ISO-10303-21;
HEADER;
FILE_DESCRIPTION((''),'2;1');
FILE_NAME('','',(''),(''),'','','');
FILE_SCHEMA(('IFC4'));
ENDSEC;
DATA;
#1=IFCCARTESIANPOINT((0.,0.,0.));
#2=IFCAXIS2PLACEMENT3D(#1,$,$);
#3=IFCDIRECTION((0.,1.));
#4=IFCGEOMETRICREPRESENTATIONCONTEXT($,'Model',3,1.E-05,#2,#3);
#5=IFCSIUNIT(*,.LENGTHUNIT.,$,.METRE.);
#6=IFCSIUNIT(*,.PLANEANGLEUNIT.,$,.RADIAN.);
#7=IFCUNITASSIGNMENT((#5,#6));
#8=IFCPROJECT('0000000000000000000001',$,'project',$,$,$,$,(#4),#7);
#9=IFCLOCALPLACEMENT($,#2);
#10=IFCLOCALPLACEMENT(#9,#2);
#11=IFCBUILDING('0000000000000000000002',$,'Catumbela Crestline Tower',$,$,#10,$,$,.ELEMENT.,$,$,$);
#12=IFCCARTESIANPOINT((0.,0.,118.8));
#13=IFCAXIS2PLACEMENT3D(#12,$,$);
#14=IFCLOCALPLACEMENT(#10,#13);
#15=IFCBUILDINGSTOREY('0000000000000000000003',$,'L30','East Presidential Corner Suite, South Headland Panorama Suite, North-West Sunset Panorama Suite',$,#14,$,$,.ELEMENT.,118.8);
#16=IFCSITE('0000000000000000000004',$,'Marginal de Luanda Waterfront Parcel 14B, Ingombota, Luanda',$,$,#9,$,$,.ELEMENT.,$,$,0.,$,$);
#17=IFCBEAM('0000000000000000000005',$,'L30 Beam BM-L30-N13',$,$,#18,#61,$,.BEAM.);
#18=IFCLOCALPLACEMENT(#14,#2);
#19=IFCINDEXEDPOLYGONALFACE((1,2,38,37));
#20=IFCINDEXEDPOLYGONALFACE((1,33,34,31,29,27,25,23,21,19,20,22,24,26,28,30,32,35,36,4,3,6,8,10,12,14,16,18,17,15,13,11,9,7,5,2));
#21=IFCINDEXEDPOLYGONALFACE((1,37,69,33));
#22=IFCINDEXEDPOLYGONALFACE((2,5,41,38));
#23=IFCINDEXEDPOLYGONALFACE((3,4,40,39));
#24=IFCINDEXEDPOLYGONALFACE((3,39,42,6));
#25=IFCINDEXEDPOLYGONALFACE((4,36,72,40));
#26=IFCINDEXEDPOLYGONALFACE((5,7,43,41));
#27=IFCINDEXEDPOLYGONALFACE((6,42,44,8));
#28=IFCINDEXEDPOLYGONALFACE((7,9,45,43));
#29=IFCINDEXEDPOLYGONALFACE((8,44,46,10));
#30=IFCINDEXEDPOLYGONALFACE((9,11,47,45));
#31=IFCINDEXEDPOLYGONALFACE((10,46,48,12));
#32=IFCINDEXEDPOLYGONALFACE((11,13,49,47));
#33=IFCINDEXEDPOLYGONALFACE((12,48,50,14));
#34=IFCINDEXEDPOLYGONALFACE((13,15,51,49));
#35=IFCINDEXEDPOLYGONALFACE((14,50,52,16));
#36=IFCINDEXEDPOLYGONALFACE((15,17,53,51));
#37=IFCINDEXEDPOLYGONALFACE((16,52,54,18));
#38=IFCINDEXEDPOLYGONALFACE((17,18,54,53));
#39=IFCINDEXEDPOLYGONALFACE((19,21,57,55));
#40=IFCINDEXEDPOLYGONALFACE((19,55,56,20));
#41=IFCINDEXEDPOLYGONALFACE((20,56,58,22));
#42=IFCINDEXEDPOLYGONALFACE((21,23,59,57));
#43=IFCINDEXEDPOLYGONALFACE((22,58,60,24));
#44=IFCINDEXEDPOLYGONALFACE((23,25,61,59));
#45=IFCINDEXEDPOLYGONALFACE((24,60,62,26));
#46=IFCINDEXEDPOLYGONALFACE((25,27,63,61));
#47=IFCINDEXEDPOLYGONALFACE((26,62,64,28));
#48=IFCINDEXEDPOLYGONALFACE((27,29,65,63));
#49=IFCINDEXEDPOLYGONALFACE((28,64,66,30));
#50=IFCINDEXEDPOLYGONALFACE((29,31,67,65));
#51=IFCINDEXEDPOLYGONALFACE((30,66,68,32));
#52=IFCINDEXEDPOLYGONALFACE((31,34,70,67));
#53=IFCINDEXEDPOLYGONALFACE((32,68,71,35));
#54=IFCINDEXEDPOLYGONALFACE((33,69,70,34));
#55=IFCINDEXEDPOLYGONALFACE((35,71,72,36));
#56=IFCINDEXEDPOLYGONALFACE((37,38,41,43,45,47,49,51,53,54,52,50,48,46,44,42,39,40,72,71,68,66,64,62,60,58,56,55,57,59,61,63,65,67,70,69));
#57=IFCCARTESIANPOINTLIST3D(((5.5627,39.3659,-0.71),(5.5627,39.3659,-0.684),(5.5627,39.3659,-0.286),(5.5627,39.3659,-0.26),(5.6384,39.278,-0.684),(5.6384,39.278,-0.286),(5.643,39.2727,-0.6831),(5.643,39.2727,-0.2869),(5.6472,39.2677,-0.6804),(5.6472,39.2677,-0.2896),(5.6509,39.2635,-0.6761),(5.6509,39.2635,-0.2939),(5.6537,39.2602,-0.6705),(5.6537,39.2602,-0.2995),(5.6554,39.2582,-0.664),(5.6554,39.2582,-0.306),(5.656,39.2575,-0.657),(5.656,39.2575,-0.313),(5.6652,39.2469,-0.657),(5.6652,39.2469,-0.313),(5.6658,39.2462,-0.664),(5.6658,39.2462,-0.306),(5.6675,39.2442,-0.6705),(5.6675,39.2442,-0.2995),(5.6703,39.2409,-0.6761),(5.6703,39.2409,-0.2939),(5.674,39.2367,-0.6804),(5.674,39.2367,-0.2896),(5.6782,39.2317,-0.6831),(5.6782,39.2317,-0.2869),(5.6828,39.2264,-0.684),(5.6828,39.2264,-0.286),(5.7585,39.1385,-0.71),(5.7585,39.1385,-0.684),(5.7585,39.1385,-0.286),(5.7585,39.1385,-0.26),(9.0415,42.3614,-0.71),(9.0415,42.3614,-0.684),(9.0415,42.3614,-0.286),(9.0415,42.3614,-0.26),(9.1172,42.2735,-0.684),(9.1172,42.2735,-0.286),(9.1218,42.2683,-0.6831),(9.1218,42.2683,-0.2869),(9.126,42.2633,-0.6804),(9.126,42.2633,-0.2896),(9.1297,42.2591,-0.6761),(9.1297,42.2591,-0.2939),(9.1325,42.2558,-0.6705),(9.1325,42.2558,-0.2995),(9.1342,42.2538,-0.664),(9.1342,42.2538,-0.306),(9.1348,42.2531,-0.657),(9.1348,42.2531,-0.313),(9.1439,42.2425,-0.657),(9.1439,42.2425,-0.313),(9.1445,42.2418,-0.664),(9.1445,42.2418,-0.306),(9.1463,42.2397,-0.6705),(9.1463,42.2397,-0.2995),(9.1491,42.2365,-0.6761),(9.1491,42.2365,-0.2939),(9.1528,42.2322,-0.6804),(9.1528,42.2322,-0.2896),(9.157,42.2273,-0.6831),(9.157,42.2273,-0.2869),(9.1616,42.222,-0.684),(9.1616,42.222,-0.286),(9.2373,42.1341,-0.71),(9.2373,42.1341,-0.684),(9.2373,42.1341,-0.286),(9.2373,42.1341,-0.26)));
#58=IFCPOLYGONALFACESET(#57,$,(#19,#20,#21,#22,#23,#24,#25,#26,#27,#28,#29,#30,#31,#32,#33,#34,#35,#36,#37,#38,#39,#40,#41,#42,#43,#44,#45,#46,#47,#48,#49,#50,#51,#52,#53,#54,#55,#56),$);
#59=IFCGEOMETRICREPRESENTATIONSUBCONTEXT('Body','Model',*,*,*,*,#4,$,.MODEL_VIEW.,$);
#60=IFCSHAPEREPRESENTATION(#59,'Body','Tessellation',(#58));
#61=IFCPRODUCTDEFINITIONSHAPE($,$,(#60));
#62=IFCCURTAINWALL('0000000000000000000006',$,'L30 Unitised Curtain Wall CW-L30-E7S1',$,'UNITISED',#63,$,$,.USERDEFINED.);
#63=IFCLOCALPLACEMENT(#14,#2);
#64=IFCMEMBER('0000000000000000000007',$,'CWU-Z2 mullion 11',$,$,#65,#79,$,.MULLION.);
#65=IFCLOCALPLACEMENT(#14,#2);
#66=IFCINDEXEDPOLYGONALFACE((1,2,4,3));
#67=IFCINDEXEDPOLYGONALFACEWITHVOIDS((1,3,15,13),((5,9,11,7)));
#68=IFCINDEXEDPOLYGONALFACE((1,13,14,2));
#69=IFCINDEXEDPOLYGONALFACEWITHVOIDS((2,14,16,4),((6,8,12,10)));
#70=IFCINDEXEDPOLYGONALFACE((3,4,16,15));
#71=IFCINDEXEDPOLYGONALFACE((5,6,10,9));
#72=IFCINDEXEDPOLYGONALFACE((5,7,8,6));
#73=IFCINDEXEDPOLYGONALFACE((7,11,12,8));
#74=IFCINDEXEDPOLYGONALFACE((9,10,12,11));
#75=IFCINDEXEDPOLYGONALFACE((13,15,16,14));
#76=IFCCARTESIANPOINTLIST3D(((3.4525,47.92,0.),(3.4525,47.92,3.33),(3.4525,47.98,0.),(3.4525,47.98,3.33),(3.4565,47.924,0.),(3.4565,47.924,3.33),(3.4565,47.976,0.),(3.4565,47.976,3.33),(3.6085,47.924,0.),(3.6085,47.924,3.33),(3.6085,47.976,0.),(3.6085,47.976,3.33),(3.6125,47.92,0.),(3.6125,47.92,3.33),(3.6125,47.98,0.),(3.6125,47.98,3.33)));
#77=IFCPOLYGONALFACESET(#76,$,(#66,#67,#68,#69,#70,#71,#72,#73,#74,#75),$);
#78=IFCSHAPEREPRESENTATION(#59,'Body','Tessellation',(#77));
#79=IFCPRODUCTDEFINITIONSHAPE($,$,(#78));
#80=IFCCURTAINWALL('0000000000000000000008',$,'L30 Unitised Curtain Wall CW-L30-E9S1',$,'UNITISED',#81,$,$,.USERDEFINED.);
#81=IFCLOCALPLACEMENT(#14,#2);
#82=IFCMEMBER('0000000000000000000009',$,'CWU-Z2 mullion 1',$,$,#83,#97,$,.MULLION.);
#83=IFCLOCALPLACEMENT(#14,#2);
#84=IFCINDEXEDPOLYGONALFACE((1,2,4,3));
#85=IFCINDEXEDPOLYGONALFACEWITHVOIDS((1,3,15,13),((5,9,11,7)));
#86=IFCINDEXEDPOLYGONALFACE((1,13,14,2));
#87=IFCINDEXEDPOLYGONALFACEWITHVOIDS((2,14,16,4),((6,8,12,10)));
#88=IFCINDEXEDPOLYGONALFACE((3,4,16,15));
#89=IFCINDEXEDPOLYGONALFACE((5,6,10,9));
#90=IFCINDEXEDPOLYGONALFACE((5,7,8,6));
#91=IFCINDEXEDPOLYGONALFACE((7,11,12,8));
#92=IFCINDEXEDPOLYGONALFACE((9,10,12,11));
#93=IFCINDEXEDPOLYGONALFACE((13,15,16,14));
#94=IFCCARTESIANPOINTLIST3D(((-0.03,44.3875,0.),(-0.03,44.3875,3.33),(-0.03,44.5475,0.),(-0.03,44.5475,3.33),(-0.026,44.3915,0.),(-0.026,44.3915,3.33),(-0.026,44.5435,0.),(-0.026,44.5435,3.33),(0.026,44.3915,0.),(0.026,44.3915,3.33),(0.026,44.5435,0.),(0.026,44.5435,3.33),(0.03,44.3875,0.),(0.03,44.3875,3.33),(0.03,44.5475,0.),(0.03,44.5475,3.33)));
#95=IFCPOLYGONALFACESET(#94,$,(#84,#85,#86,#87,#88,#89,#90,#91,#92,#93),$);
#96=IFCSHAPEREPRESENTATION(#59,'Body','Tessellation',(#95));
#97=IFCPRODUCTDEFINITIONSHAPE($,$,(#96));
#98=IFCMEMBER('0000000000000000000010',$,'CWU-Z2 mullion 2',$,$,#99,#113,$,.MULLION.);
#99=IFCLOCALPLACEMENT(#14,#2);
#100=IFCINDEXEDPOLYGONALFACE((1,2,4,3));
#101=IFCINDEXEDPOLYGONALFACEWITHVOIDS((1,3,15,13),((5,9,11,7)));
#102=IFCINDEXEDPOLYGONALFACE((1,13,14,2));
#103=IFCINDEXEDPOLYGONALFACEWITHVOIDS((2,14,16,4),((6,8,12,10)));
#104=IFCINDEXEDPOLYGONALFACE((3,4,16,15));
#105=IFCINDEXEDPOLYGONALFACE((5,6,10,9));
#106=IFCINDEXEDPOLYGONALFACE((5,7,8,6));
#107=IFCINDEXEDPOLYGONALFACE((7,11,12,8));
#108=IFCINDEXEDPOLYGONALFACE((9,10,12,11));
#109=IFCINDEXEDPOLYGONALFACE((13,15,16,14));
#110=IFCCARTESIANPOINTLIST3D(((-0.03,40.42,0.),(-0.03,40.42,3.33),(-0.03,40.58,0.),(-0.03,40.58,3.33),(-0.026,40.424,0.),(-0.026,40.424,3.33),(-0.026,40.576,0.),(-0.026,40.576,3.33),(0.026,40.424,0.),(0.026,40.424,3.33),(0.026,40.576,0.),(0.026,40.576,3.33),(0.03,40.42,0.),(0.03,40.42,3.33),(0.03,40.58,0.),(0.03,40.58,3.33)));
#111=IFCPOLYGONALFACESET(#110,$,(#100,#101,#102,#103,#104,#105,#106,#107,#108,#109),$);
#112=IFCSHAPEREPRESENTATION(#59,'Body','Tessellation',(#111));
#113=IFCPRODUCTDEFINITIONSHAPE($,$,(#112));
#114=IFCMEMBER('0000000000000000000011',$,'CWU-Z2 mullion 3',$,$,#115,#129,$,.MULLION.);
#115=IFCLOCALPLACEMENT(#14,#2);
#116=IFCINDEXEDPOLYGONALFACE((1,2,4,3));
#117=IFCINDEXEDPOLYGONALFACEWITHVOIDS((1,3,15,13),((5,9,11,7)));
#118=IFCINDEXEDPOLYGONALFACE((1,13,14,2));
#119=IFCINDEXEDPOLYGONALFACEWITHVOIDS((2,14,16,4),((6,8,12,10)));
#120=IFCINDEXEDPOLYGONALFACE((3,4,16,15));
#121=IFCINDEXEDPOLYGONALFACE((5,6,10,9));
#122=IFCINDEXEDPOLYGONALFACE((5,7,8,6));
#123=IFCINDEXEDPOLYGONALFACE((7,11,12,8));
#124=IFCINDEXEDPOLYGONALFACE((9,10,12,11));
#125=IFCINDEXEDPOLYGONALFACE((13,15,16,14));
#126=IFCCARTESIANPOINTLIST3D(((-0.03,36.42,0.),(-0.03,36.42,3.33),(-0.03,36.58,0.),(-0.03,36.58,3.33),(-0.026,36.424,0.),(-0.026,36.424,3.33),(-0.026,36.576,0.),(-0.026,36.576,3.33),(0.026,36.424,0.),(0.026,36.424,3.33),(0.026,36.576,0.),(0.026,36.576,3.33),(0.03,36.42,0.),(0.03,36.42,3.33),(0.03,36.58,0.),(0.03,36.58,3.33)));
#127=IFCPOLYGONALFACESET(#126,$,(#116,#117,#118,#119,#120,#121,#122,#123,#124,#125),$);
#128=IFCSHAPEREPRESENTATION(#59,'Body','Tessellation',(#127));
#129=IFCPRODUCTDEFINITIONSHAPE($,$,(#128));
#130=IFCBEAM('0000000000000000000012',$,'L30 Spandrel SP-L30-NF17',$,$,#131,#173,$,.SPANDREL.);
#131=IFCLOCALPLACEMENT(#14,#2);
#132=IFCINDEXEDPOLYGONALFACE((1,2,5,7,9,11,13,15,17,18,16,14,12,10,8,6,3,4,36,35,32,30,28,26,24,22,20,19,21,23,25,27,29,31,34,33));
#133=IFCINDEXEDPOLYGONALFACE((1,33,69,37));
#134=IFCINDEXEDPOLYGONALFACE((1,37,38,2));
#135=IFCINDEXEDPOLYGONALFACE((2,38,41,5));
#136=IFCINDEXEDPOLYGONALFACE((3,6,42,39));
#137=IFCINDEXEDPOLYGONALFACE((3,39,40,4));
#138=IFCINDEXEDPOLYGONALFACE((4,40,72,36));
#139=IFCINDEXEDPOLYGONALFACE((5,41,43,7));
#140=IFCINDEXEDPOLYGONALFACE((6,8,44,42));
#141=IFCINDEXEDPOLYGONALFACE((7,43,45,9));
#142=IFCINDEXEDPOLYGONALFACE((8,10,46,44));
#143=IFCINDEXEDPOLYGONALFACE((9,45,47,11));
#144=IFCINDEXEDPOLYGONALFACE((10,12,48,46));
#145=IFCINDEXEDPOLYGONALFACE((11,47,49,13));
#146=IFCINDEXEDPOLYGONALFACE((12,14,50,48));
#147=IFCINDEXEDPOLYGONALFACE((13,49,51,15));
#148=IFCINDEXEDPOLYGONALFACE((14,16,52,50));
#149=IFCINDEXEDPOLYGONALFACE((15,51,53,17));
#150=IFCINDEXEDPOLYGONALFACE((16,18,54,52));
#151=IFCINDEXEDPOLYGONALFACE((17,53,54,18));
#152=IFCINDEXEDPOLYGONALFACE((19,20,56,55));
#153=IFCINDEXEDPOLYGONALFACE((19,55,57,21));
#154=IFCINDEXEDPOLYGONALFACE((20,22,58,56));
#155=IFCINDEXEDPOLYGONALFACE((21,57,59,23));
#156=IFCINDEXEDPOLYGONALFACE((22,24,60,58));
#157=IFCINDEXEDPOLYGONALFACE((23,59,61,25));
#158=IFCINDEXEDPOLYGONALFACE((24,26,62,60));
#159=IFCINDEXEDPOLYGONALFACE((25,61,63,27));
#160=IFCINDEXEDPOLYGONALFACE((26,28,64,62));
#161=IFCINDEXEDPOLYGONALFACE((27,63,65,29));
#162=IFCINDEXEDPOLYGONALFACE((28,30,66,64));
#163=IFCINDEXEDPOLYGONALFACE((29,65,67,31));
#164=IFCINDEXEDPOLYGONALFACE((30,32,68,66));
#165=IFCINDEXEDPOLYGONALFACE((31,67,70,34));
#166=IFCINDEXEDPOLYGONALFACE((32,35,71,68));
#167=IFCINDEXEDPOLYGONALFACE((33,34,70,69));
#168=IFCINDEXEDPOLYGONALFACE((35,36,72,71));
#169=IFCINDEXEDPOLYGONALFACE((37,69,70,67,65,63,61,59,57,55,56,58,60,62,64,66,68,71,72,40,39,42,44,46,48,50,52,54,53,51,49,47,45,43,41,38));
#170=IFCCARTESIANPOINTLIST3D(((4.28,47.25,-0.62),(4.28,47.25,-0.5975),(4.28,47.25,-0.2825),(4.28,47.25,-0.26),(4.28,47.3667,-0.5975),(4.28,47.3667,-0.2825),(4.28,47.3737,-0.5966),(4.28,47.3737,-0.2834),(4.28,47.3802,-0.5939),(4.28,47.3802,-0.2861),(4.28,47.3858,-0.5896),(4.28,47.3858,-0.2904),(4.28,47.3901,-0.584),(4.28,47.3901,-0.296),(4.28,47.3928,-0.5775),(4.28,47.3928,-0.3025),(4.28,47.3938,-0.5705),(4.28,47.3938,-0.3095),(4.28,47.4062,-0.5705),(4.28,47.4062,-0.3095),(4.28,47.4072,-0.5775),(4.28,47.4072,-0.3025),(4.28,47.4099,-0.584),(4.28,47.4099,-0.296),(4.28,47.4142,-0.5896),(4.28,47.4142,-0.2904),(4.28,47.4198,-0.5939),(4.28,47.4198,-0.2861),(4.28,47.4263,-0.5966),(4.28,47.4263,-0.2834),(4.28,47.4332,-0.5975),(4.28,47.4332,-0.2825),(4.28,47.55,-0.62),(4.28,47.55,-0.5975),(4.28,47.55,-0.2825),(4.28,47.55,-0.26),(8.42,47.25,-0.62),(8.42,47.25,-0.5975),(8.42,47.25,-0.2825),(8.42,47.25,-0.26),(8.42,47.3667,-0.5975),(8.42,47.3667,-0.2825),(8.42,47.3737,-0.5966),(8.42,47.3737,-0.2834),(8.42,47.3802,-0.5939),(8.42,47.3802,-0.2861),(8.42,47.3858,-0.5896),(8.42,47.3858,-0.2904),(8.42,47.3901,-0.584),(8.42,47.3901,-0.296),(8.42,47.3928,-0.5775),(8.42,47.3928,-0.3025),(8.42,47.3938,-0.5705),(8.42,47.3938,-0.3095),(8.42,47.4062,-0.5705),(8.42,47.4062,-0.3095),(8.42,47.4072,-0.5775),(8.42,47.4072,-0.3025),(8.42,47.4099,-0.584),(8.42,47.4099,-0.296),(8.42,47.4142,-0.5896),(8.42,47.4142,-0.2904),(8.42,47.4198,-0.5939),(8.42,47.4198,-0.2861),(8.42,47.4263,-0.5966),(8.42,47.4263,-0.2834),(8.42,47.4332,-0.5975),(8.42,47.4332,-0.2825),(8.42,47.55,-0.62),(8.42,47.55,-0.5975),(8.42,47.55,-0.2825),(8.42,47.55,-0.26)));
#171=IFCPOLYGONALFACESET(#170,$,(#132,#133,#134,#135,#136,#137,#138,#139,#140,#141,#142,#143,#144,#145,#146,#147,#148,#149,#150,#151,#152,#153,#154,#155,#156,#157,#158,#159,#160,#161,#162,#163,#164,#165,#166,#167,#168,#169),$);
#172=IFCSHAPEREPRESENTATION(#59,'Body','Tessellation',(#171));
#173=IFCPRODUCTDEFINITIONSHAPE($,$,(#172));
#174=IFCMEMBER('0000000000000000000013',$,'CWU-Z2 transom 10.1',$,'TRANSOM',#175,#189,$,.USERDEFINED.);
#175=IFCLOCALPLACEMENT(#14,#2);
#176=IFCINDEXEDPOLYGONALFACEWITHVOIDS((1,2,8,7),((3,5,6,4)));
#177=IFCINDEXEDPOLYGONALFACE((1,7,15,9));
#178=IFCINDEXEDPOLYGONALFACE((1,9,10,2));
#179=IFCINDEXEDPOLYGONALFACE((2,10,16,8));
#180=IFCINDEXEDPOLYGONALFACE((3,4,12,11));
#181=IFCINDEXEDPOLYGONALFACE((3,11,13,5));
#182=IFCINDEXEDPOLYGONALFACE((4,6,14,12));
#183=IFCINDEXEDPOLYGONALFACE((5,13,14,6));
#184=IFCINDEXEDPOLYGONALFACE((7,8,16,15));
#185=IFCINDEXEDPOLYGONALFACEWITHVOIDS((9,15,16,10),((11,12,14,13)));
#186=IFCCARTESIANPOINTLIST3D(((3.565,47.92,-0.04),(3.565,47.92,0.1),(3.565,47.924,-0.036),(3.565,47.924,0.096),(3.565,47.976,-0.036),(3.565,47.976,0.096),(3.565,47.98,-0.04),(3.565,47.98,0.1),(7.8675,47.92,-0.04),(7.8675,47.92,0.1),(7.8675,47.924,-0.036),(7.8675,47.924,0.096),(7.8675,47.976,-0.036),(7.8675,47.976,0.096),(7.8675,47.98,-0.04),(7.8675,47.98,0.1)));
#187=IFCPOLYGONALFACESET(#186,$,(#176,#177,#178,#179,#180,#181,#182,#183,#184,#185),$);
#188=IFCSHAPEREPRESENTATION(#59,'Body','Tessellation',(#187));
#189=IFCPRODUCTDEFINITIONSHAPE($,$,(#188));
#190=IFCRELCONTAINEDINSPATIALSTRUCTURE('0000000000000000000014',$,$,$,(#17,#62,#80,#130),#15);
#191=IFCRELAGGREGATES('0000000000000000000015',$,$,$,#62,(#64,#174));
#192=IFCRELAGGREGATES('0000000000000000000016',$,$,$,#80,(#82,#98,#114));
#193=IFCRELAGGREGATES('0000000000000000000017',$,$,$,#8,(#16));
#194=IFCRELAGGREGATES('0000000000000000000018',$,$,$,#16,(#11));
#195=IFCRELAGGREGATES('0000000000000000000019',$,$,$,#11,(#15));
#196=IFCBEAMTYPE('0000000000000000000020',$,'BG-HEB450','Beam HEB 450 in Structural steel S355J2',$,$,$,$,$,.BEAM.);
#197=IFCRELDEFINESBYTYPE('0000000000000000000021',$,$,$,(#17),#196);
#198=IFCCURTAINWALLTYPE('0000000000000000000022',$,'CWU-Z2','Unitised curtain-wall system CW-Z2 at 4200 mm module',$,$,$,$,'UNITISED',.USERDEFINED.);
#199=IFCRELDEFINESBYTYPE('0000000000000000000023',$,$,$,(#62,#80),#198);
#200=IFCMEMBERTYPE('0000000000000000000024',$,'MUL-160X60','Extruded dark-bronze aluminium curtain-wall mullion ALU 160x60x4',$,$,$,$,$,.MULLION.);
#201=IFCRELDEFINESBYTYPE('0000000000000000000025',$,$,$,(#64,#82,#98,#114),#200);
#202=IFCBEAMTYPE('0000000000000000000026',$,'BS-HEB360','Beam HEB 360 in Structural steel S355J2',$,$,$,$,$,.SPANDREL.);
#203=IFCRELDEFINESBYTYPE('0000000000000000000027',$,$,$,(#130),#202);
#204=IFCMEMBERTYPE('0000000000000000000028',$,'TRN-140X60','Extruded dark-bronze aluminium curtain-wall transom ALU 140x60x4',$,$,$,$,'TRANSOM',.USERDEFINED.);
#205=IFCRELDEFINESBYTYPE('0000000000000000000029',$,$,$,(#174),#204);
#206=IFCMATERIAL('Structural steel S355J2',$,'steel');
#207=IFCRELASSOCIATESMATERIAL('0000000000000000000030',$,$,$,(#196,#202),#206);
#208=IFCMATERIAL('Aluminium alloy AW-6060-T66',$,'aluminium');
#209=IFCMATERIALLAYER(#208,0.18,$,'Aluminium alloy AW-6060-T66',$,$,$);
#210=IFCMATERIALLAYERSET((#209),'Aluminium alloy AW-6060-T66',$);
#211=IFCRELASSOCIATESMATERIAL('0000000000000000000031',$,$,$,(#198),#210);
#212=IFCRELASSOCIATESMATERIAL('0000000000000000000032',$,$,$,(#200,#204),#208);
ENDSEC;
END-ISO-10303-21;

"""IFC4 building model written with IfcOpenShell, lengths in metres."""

from ifc_helpers import new_model, si_unit, direction, frame, origin, origin_2d, place, context, subcontext, project, spatial, hollow_rectangle, i_section, extrude, material, layer, layer_set, material_profile, profile_set, type_object, element, aggregate, save


model = new_model("IFC4")

# Units and contexts
model_context = context("Model", 3, precision=1e-05, world=origin(), true_north=direction((0.0, 1.0)))
body_context = subcontext(model_context, "Body", "Model", "MODEL_VIEW")
ifc_project = project(units=[si_unit("LENGTHUNIT", "METRE"), si_unit("PLANEANGLEUNIT", "RADIAN")], contexts=[model_context])

# Site, building, storey
site_placement = place(None, origin())
site = spatial("IfcSite", under=ifc_project, at=site_placement, Name="Marginal de Luanda Waterfront Parcel 14B, Ingombota, Luanda", CompositionType="ELEMENT", RefElevation=0.0)
building_placement = place(site_placement, origin())
building = spatial("IfcBuilding", under=site, at=building_placement, Name="Catumbela Crestline Tower", CompositionType="ELEMENT")
storey_placement = place(building_placement, frame((0.0, 0.0, 118.8)))
storey = spatial("IfcBuildingStorey", under=building, at=storey_placement, Name="L30", Description="East Presidential Corner Suite, South Headland Panorama Suite, North-West Sunset Panorama Suite", CompositionType="ELEMENT", Elevation=118.8)

# Beam
ifc_material_1 = material(Name="Structural steel S355J2", Category="steel")
ifc_material_profile_1 = material_profile(ifc_material_1, i_section(OverallWidth=0.3, OverallDepth=0.45, WebThickness=0.014, FlangeThickness=0.026, FilletRadius=0.027, at=origin_2d()), Name="HEB 450")
ifc_profile_set_1 = profile_set([ifc_material_profile_1], Name="Structural steel S355J2")
beam_type_1 = type_object("IfcBeamType", Name="BG-HEB450", Description="Beam HEB 450 in Structural steel S355J2", PredefinedType="BEAM", material=ifc_profile_set_1)
beam_1_placement = place(storey_placement, frame((5.6606, 39.2522, -0.485), z_axis=(0.757772, 0.652519, 0.0), x_axis=(-0.652519, 0.757772, 0.0)))
element("IfcBeam", 1, at=beam_1_placement, inside=storey, type_object=beam_type_1, Name="L30 Beam BM-L30-N13", PredefinedType="BEAM", context=body_context, shape_type="SweptSolid", body=[
    extrude(i_section(OverallWidth=0.3, OverallDepth=0.45, WebThickness=0.014, FlangeThickness=0.026, FilletRadius=0.027, at=origin_2d()), origin(), (0.0, 0.0, 1.0), 4.5908),
])

# Curtain wall, member
ifc_material_2 = material(Name="Aluminium alloy AW-6060-T66", Category="aluminium")
ifc_layer_1 = layer(ifc_material_2, 0.18, Name="Aluminium alloy AW-6060-T66")
ifc_layer_set_1 = layer_set([ifc_layer_1], Name="Aluminium alloy AW-6060-T66")
curtain_wall_type = type_object("IfcCurtainWallType", Name="CWU-Z2", Description="Unitised curtain-wall system CW-Z2 at 4200 mm module", ElementType="UNITISED", PredefinedType="USERDEFINED", material=ifc_layer_set_1)
curtain_wall_1_placement = place(storey_placement, origin())
curtain_wall_1 = element("IfcCurtainWall", 2, at=curtain_wall_1_placement, inside=storey, type_object=curtain_wall_type, Name="L30 Unitised Curtain Wall CW-L30-E7S1", ObjectType="UNITISED", PredefinedType="USERDEFINED")
ifc_material_profile_2 = material_profile(ifc_material_2, hollow_rectangle(XDim=0.06, YDim=0.16, WallThickness=0.004, at=origin_2d()), Name="ALU 160x60x4")
ifc_profile_set_2 = profile_set([ifc_material_profile_2], Name="Aluminium alloy AW-6060-T66")
member_type_1 = type_object("IfcMemberType", Name="MUL-160X60", Description="Extruded dark-bronze aluminium curtain-wall mullion ALU 160x60x4", PredefinedType="MULLION", material=ifc_profile_set_2)
member_1_placement = place(storey_placement, frame((3.5325, 47.95, 0.0), z_axis=(0.0, 0.0, 1.0), x_axis=(0.0, -1.0, 0.0)))
member_1 = element("IfcMember", 3, at=member_1_placement, type_object=member_type_1, Name="CWU-Z2 mullion 11", PredefinedType="MULLION", context=body_context, shape_type="SweptSolid", body=[
    extrude(hollow_rectangle(XDim=0.06, YDim=0.16, WallThickness=0.004, at=origin_2d()), origin(), (0.0, 0.0, 1.0), 3.33),
])

# Curtain wall, members
curtain_wall_2_placement = place(storey_placement, origin())
curtain_wall_2 = element("IfcCurtainWall", 4, at=curtain_wall_2_placement, inside=storey, type_object=curtain_wall_type, Name="L30 Unitised Curtain Wall CW-L30-E9S1", ObjectType="UNITISED", PredefinedType="USERDEFINED")
member_2_placement = place(storey_placement, frame((0.0, 44.4675, 0.0), z_axis=(0.0, 0.0, 1.0), x_axis=(1.0, 0.0, 0.0)))
member_2 = element("IfcMember", 5, at=member_2_placement, type_object=member_type_1, Name="CWU-Z2 mullion 1", PredefinedType="MULLION", context=body_context, shape_type="SweptSolid", body=[
    extrude(hollow_rectangle(XDim=0.06, YDim=0.16, WallThickness=0.004, at=origin_2d()), origin(), (0.0, 0.0, 1.0), 3.33),
])
member_3_placement = place(storey_placement, frame((0.0, 40.5, 0.0), z_axis=(0.0, 0.0, 1.0), x_axis=(1.0, 0.0, 0.0)))
member_3 = element("IfcMember", 6, at=member_3_placement, type_object=member_type_1, Name="CWU-Z2 mullion 2", PredefinedType="MULLION", context=body_context, shape_type="SweptSolid", body=[
    extrude(hollow_rectangle(XDim=0.06, YDim=0.16, WallThickness=0.004, at=origin_2d()), origin(), (0.0, 0.0, 1.0), 3.33),
])
member_4_placement = place(storey_placement, frame((0.0, 36.5, 0.0), z_axis=(0.0, 0.0, 1.0), x_axis=(1.0, 0.0, 0.0)))
member_4 = element("IfcMember", 7, at=member_4_placement, type_object=member_type_1, Name="CWU-Z2 mullion 3", PredefinedType="MULLION", context=body_context, shape_type="SweptSolid", body=[
    extrude(hollow_rectangle(XDim=0.06, YDim=0.16, WallThickness=0.004, at=origin_2d()), origin(), (0.0, 0.0, 1.0), 3.33),
])

# Beam
ifc_material_profile_3 = material_profile(ifc_material_1, i_section(OverallWidth=0.3, OverallDepth=0.36, WebThickness=0.0125, FlangeThickness=0.0225, FilletRadius=0.027, at=origin_2d()), Name="HEB 360")
ifc_profile_set_3 = profile_set([ifc_material_profile_3], Name="Structural steel S355J2")
beam_type_2 = type_object("IfcBeamType", Name="BS-HEB360", Description="Beam HEB 360 in Structural steel S355J2", PredefinedType="SPANDREL", material=ifc_profile_set_3)
beam_2_placement = place(storey_placement, frame((4.28, 47.4, -0.44), z_axis=(1.0, 0.0, 0.0), x_axis=(0.0, 1.0, 0.0)))
element("IfcBeam", 8, at=beam_2_placement, inside=storey, type_object=beam_type_2, Name="L30 Spandrel SP-L30-NF17", PredefinedType="SPANDREL", context=body_context, shape_type="SweptSolid", body=[
    extrude(i_section(OverallWidth=0.3, OverallDepth=0.36, WebThickness=0.0125, FlangeThickness=0.0225, FilletRadius=0.027, at=origin_2d()), origin(), (0.0, 0.0, 1.0), 4.14),
])

# Member
ifc_material_profile_4 = material_profile(ifc_material_2, hollow_rectangle(XDim=0.06, YDim=0.14, WallThickness=0.004, at=origin_2d()), Name="ALU 140x60x4")
ifc_profile_set_4 = profile_set([ifc_material_profile_4], Name="Aluminium alloy AW-6060-T66")
member_type_2 = type_object("IfcMemberType", Name="TRN-140X60", Description="Extruded dark-bronze aluminium curtain-wall transom ALU 140x60x4", ElementType="TRANSOM", PredefinedType="USERDEFINED", material=ifc_profile_set_4)
member_5_placement = place(storey_placement, frame((7.8675, 47.95, 0.03), z_axis=(-1.0, 0.0, 0.0), x_axis=(0.0, -1.0, 0.0)))
member_5 = element("IfcMember", 9, at=member_5_placement, type_object=member_type_2, Name="CWU-Z2 transom 10.1", ObjectType="TRANSOM", PredefinedType="USERDEFINED", context=body_context, shape_type="SweptSolid", body=[
    extrude(hollow_rectangle(XDim=0.06, YDim=0.14, WallThickness=0.004, at=origin_2d()), origin(), (0.0, 0.0, 1.0), 4.3025),
])

aggregate(curtain_wall_1, [member_1, member_5])
aggregate(curtain_wall_2, [member_2, member_3, member_4])

save(model, "model.ifc")
